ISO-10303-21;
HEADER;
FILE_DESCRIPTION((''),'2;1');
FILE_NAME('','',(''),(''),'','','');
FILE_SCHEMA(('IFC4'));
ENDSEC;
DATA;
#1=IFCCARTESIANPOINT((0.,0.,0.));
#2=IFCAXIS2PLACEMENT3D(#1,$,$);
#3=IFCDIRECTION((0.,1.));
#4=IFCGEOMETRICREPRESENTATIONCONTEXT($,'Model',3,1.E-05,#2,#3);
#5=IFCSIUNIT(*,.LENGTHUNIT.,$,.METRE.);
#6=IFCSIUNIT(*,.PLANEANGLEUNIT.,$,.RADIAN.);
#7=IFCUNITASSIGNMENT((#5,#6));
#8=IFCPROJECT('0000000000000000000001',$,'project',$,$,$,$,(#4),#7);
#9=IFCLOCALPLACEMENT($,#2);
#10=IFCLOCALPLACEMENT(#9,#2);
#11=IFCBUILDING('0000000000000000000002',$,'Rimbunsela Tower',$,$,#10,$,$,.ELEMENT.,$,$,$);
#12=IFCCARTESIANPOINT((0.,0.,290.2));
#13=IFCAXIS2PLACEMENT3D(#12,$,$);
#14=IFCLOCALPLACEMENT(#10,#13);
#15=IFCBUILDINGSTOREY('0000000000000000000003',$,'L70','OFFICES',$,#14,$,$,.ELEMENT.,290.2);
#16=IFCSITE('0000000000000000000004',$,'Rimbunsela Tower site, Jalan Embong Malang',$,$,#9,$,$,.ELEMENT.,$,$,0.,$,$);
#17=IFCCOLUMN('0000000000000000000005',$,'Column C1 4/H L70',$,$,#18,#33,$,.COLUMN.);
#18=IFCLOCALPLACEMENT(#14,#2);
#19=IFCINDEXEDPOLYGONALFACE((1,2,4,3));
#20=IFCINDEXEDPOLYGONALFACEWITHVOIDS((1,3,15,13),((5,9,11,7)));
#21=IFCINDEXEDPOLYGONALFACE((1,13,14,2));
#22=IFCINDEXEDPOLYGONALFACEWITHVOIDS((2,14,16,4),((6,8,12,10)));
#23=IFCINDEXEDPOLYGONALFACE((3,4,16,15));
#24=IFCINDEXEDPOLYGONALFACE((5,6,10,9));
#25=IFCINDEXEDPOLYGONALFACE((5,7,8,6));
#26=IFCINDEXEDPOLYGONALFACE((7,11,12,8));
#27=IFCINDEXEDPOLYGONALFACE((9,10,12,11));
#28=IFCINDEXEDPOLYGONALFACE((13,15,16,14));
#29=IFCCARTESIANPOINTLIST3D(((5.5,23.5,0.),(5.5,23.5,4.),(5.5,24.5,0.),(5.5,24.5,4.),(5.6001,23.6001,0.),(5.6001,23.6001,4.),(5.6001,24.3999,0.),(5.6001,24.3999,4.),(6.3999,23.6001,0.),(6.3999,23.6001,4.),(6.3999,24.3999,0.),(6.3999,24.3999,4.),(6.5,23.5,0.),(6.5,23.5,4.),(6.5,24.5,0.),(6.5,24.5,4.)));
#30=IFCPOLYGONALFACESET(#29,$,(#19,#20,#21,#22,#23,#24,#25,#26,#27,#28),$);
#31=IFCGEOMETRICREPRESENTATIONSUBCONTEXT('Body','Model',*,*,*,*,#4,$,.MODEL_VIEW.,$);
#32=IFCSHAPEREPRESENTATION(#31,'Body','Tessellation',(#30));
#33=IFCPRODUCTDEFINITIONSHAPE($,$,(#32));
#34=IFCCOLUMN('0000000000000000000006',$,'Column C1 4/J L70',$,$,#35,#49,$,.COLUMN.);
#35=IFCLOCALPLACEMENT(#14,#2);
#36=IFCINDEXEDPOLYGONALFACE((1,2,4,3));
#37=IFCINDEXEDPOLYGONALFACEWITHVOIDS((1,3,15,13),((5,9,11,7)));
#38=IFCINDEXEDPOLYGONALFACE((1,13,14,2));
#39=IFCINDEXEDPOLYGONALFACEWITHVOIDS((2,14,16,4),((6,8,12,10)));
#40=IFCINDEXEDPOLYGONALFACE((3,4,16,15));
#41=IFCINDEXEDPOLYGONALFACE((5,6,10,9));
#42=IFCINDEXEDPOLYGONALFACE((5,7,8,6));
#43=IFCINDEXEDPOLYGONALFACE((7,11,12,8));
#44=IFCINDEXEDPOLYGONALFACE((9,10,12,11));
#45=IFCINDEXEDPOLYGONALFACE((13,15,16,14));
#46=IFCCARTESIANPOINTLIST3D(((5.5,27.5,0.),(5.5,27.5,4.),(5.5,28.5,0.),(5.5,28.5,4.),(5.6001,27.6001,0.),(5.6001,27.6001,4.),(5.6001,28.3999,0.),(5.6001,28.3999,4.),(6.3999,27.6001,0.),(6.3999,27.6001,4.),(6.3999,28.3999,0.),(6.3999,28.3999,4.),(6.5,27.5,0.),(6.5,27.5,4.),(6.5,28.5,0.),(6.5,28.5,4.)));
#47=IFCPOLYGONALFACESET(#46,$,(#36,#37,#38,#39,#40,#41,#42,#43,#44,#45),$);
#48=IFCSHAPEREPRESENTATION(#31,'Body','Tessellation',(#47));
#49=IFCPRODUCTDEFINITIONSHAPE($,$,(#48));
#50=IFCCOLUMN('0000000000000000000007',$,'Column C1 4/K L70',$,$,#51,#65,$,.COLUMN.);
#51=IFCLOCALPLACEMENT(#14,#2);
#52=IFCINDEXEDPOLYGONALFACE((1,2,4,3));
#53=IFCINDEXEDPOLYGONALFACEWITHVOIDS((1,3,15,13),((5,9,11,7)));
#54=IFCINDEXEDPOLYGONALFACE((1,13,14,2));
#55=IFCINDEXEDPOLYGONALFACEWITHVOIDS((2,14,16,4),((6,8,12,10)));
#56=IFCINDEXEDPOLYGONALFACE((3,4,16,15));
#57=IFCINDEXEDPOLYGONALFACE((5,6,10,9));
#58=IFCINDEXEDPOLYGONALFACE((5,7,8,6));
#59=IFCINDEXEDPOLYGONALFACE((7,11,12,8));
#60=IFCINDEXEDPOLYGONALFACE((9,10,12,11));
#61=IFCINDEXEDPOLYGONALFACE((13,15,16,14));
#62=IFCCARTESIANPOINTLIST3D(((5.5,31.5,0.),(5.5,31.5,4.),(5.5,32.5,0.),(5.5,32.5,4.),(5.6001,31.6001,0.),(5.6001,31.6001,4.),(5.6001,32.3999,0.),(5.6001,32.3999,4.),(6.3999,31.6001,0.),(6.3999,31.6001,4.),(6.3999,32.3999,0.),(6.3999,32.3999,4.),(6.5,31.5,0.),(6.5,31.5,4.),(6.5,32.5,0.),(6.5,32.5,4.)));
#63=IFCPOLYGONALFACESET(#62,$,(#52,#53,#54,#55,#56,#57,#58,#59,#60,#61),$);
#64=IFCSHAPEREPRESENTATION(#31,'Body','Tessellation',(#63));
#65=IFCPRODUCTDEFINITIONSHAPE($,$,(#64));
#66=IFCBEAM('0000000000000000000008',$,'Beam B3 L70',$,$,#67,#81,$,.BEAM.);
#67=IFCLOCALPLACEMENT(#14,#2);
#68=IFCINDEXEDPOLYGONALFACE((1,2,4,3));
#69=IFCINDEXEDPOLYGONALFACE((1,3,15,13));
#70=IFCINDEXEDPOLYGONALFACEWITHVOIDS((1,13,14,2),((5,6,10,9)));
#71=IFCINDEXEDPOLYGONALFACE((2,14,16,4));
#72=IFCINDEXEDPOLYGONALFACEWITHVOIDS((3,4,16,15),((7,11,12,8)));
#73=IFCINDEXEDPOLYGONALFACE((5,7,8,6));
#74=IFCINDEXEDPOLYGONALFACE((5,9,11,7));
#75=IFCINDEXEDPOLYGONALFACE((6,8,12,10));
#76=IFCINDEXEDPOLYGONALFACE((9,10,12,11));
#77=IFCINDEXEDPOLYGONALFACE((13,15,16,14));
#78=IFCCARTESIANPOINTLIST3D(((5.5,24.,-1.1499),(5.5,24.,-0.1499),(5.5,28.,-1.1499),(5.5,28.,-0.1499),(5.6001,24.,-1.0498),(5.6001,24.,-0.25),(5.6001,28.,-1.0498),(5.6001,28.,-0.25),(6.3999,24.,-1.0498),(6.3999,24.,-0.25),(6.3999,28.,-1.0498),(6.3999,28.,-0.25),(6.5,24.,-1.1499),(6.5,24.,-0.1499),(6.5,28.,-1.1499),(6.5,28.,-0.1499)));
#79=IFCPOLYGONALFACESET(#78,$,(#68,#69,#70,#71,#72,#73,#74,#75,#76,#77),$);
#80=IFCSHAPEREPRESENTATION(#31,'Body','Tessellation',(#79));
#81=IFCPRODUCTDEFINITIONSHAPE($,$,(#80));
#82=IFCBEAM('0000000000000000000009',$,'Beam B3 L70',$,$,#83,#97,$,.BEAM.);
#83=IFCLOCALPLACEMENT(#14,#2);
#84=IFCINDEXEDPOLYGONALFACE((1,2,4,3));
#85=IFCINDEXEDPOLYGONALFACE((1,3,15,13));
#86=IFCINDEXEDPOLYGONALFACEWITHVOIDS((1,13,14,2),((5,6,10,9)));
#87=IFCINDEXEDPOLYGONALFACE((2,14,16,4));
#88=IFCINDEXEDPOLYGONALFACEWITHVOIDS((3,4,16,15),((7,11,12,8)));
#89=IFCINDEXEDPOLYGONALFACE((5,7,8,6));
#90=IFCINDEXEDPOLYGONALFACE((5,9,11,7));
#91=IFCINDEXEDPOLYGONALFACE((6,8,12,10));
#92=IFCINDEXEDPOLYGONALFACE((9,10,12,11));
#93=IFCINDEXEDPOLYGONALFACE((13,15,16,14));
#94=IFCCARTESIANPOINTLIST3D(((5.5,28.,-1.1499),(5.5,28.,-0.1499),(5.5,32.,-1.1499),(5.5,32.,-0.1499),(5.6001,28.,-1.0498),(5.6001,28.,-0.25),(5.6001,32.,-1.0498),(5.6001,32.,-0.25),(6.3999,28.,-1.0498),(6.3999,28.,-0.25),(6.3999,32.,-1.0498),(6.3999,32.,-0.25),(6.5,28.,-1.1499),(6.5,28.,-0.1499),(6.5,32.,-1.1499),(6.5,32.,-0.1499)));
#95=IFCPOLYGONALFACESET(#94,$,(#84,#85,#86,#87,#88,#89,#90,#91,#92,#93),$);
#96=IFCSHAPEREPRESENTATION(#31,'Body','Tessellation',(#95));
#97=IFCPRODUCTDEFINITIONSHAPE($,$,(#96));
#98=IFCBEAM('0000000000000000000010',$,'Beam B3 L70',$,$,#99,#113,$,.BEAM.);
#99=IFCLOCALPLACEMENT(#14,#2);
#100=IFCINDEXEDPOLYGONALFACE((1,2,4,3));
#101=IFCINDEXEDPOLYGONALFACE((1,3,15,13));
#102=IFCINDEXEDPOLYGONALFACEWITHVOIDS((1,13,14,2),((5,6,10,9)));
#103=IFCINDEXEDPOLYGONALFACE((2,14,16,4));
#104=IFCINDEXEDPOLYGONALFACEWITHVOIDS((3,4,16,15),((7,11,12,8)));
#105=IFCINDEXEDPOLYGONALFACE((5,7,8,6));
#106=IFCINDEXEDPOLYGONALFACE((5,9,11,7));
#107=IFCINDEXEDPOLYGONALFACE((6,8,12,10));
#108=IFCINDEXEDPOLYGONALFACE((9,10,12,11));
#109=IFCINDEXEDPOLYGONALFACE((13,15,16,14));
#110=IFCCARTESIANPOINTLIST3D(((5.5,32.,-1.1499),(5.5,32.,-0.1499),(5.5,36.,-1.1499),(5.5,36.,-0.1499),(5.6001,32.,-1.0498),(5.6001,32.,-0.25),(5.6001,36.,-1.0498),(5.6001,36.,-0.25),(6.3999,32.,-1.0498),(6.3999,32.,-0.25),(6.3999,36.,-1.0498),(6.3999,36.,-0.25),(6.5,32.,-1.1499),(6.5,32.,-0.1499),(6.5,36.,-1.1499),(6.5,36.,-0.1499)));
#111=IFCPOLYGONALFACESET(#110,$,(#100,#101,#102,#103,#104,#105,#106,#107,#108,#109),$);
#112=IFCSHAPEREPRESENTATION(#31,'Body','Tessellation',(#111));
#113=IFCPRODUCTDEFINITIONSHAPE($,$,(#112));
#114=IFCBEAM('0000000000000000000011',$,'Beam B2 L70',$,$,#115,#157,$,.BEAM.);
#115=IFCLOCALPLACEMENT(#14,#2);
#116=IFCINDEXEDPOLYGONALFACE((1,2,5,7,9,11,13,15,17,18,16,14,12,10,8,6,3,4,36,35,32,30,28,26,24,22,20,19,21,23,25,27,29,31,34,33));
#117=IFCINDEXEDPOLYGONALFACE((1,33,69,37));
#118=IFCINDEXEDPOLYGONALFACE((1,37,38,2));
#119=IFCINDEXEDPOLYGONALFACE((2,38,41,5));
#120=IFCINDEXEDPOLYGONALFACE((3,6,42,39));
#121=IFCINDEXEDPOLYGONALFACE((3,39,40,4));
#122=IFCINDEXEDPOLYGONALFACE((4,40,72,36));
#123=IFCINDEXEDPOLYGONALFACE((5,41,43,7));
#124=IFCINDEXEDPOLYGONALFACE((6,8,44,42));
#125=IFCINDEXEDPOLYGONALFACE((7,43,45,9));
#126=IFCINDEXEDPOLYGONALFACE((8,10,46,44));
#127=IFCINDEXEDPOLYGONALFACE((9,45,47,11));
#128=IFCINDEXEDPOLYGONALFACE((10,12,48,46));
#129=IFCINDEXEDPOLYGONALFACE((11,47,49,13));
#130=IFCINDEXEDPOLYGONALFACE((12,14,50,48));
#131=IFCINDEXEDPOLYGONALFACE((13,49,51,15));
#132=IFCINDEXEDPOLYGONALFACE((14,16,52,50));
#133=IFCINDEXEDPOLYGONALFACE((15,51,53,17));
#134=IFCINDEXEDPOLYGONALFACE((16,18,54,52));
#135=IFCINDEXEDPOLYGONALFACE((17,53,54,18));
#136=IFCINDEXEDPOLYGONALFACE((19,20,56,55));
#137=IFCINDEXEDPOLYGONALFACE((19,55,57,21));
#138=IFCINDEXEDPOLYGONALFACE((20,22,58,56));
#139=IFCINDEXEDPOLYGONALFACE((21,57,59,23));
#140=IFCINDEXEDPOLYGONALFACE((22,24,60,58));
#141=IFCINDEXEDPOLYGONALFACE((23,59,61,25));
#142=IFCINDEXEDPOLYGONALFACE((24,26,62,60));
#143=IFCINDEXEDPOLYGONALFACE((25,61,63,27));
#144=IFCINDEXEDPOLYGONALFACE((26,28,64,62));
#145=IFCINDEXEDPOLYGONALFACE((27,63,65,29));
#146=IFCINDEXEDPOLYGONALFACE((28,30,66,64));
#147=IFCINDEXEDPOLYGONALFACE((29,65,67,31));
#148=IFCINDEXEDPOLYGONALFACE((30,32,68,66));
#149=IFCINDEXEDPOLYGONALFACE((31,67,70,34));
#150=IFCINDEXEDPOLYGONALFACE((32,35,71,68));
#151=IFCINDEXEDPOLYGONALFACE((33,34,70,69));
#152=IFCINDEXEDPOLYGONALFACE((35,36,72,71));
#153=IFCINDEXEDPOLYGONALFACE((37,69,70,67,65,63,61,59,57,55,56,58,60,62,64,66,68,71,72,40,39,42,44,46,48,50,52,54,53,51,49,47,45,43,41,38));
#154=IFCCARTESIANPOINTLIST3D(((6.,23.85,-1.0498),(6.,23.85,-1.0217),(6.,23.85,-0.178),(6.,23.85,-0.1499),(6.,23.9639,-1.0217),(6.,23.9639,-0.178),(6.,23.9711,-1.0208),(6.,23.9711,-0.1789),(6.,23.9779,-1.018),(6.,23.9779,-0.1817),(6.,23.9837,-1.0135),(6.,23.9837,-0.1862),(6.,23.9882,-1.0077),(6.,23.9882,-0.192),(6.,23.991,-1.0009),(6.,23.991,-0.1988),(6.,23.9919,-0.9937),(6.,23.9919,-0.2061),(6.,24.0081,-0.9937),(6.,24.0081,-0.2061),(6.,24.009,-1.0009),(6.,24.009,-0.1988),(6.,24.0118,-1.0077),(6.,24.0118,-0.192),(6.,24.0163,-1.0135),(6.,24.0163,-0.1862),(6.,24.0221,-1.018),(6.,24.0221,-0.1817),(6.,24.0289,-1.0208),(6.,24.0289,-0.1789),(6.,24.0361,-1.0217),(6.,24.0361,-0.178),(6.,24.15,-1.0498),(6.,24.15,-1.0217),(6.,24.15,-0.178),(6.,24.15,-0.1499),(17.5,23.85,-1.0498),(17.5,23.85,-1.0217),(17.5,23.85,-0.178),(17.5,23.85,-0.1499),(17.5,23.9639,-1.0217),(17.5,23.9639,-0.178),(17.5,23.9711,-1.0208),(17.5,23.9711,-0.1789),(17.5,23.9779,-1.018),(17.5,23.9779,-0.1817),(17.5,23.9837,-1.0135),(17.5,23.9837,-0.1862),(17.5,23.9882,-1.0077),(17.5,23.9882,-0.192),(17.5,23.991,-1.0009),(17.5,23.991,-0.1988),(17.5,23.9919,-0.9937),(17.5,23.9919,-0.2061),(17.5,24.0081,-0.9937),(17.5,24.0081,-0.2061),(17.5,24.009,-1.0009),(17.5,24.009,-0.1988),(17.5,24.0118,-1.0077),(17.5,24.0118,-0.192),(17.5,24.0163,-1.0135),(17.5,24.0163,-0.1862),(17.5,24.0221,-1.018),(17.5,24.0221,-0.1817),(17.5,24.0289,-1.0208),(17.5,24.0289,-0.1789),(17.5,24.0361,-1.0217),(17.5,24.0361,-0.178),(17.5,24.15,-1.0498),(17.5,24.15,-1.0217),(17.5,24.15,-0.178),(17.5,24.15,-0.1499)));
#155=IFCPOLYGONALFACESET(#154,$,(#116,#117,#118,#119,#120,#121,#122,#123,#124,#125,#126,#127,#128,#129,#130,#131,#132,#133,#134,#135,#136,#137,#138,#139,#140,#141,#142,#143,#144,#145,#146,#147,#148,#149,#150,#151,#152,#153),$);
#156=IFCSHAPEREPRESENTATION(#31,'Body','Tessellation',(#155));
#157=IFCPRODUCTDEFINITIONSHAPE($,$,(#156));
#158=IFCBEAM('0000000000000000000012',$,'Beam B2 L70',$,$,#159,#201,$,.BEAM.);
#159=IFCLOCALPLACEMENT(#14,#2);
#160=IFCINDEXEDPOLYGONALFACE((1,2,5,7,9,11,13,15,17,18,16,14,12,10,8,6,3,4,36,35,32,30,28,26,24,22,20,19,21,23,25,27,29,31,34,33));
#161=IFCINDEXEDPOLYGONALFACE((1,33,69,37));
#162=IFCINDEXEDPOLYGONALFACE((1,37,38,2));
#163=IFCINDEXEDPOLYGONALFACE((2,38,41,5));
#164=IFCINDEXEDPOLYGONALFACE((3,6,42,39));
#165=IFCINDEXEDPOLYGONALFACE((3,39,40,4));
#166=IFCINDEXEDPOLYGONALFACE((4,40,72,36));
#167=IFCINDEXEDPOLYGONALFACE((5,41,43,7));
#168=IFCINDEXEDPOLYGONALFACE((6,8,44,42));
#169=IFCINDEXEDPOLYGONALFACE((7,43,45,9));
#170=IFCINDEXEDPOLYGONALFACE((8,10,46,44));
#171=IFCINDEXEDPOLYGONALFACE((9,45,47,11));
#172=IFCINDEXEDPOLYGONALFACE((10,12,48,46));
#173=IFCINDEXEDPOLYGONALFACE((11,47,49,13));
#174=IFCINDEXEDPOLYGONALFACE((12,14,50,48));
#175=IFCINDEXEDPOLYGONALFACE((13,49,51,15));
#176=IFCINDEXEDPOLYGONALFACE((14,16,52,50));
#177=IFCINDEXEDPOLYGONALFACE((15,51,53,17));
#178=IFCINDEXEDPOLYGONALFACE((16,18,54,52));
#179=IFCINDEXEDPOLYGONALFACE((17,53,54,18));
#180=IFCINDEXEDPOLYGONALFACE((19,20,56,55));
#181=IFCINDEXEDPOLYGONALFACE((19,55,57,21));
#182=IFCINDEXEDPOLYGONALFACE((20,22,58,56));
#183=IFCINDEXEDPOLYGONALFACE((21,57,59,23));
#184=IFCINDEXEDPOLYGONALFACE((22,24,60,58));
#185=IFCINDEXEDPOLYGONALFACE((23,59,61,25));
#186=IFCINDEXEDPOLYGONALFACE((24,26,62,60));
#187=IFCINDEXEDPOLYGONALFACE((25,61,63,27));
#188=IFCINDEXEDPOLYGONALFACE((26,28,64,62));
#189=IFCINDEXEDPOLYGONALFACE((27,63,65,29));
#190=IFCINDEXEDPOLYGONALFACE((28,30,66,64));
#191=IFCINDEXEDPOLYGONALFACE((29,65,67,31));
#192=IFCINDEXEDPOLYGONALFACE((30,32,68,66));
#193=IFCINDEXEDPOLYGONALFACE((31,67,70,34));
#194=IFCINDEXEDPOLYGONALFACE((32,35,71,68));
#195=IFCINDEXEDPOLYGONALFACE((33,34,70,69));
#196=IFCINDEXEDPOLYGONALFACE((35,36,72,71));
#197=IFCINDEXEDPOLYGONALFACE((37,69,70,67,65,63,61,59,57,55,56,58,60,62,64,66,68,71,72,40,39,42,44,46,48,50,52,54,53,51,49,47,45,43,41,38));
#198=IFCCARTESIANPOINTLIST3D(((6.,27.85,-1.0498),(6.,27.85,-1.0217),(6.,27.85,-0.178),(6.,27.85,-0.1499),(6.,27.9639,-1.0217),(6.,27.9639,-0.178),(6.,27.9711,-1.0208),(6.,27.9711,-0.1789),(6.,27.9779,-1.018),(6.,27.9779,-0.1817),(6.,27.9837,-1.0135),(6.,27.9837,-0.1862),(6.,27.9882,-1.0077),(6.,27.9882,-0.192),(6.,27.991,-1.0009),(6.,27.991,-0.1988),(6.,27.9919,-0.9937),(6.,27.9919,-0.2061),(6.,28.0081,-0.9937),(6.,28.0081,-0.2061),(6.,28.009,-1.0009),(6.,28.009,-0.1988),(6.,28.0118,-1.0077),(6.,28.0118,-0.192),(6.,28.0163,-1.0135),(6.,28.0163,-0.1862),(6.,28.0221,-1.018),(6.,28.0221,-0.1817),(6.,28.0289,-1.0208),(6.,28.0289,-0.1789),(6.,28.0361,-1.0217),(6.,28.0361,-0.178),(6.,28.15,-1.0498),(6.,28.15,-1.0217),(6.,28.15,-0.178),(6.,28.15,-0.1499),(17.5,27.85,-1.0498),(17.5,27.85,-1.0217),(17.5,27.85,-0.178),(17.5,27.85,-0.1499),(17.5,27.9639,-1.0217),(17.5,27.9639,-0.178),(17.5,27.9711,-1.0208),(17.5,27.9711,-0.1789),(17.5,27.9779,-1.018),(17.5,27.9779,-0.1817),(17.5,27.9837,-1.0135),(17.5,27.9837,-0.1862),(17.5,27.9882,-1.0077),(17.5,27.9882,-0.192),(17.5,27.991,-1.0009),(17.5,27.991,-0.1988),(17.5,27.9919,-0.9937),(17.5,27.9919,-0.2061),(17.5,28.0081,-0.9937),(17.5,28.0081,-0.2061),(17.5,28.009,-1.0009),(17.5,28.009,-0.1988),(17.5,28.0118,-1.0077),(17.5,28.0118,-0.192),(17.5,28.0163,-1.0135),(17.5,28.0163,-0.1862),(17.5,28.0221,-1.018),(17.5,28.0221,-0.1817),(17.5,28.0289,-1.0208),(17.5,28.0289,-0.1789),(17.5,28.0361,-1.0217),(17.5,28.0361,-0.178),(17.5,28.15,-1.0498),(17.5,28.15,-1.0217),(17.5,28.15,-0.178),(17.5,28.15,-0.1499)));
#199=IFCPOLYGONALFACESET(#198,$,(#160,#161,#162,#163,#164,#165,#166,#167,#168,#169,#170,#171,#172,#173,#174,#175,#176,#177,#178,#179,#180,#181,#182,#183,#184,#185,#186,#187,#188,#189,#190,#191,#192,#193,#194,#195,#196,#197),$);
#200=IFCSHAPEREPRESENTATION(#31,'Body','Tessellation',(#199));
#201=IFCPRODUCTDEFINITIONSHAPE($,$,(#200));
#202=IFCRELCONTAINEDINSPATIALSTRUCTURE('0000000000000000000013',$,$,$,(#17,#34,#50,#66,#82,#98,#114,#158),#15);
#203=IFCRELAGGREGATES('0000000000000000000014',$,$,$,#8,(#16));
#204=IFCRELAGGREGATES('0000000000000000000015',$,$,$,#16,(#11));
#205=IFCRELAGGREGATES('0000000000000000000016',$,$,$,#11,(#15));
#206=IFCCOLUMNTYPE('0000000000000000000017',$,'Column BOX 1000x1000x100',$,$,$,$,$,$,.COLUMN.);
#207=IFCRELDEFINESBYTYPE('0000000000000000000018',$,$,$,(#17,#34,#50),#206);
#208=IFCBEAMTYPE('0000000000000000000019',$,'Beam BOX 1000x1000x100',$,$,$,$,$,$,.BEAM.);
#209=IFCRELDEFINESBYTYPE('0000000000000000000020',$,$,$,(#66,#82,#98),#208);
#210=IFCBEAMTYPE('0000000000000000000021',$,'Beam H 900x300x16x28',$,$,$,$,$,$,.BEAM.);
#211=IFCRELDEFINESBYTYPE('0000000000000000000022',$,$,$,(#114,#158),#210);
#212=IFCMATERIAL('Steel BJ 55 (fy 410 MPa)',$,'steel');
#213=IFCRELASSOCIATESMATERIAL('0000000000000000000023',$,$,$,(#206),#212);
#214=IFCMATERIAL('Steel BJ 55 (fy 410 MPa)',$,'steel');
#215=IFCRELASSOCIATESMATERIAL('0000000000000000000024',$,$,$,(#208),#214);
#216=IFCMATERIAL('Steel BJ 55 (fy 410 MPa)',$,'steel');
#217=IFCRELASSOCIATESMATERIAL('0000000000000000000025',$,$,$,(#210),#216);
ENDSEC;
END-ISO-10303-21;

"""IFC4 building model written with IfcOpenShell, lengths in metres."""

from ifc_helpers import new_model, si_unit, direction, frame, origin, origin_2d, place, context, subcontext, project, spatial, hollow_rectangle, i_section, extrude, material, material_profile, profile_set, type_object, element, save


model = new_model("IFC4")

# Units and contexts
model_context = context("Model", 3, precision=1e-05, world=origin(), true_north=direction((0.0, 1.0)))
body_context = subcontext(model_context, "Body", "Model", "MODEL_VIEW")
ifc_project = project(units=[si_unit("LENGTHUNIT", "METRE"), si_unit("PLANEANGLEUNIT", "RADIAN")], contexts=[model_context])

# Site, building, storey
site_placement = place(None, origin())
site = spatial("IfcSite", under=ifc_project, at=site_placement, Name="Rimbunsela Tower site, Jalan Embong Malang", CompositionType="ELEMENT", RefElevation=0.0)
building_placement = place(site_placement, origin())
building = spatial("IfcBuilding", under=site, at=building_placement, Name="Rimbunsela Tower", CompositionType="ELEMENT")
storey_placement = place(building_placement, frame((0.0, 0.0, 290.2)))
storey = spatial("IfcBuildingStorey", under=building, at=storey_placement, Name="L70", Description="OFFICES", CompositionType="ELEMENT", Elevation=290.2)

# Columns
ifc_material_1 = material(Name="Steel BJ 55 (fy 410 MPa)", Category="steel")
ifc_material_profile_1 = material_profile(ifc_material_1, hollow_rectangle(XDim=1.0, YDim=1.0, WallThickness=0.1001, at=origin_2d()), Name="BOX 1000x1000x100")
ifc_profile_set_1 = profile_set([ifc_material_profile_1], Name="Steel BJ 55 (fy 410 MPa)")
column_type = type_object("IfcColumnType", Name="Column BOX 1000x1000x100", PredefinedType="COLUMN", material=ifc_profile_set_1)
for number, where, z_axis, x_axis, name in (
    (1, (6.0, 24.0, 0.0), (0.0, 0.0, 1.0), (1.0, 0.0, 0.0), "Column C1 4/H L70"),
    (2, (6.0, 28.0, 0.0), (0.0, 0.0, 1.0), (1.0, 0.0, 0.0), "Column C1 4/J L70"),
    (3, (6.0, 32.0, 0.0), (0.0, 0.0, 1.0), (1.0, 0.0, 0.0), "Column C1 4/K L70"),
):
    element("IfcColumn", number, at=place(storey_placement, frame(where, z_axis=z_axis, x_axis=x_axis)), inside=storey, type_object=column_type, Name=name, PredefinedType="COLUMN", context=body_context, shape_type="SweptSolid", body=[
        extrude(hollow_rectangle(XDim=1.0, YDim=1.0, WallThickness=0.1001, at=origin_2d()), origin(), (0.0, 0.0, 1.0), 4.0),
    ])

# Beams
ifc_material_2 = material(Name="Steel BJ 55 (fy 410 MPa)", Category="steel")
ifc_material_profile_2 = material_profile(ifc_material_2, hollow_rectangle(XDim=1.0, YDim=1.0, WallThickness=0.1001, at=origin_2d()), Name="BOX 1000x1000x100")
ifc_profile_set_2 = profile_set([ifc_material_profile_2], Name="Steel BJ 55 (fy 410 MPa)")
beam_type_1 = type_object("IfcBeamType", Name="Beam BOX 1000x1000x100", PredefinedType="BEAM", material=ifc_profile_set_2)
for number, where, z_axis, x_axis, name in (
    (4, (6.0, 24.0, -0.6499), (0.0, 1.0, 0.0), (-1.0, 0.0, 0.0), "Beam B3 L70"),
    (5, (6.0, 28.0, -0.6499), (0.0, 1.0, 0.0), (-1.0, 0.0, 0.0), "Beam B3 L70"),
    (6, (6.0, 32.0, -0.6499), (0.0, 1.0, 0.0), (-1.0, 0.0, 0.0), "Beam B3 L70"),
):
    element("IfcBeam", number, at=place(storey_placement, frame(where, z_axis=z_axis, x_axis=x_axis)), inside=storey, type_object=beam_type_1, Name=name, PredefinedType="BEAM", context=body_context, shape_type="SweptSolid", body=[
        extrude(hollow_rectangle(XDim=1.0, YDim=1.0, WallThickness=0.1001, at=origin_2d()), origin(), (0.0, 0.0, 1.0), 4.0),
    ])
ifc_material_3 = material(Name="Steel BJ 55 (fy 410 MPa)", Category="steel")
ifc_material_profile_3 = material_profile(ifc_material_3, i_section(OverallWidth=0.3, OverallDepth=0.8999, WebThickness=0.0161, FlangeThickness=0.0281, FilletRadius=0.0281, at=origin_2d()), Name="H 900x300x16x28")
ifc_profile_set_3 = profile_set([ifc_material_profile_3], Name="Steel BJ 55 (fy 410 MPa)")
beam_type_2 = type_object("IfcBeamType", Name="Beam H 900x300x16x28", PredefinedType="BEAM", material=ifc_profile_set_3)
for number, where, z_axis, x_axis, name in (
    (7, (6.0, 24.0, -0.5999), (1.0, 0.0, 0.0), (0.0, 1.0, 0.0), "Beam B2 L70"),
    (8, (6.0, 28.0, -0.5999), (1.0, 0.0, 0.0), (0.0, 1.0, 0.0), "Beam B2 L70"),
):
    element("IfcBeam", number, at=place(storey_placement, frame(where, z_axis=z_axis, x_axis=x_axis)), inside=storey, type_object=beam_type_2, Name=name, PredefinedType="BEAM", context=body_context, shape_type="SweptSolid", body=[
        extrude(i_section(OverallWidth=0.3, OverallDepth=0.8999, WebThickness=0.0161, FlangeThickness=0.0281, FilletRadius=0.0281, at=origin_2d()), origin(), (0.0, 0.0, 1.0), 11.5),
    ])

save(model, "model.ifc")
